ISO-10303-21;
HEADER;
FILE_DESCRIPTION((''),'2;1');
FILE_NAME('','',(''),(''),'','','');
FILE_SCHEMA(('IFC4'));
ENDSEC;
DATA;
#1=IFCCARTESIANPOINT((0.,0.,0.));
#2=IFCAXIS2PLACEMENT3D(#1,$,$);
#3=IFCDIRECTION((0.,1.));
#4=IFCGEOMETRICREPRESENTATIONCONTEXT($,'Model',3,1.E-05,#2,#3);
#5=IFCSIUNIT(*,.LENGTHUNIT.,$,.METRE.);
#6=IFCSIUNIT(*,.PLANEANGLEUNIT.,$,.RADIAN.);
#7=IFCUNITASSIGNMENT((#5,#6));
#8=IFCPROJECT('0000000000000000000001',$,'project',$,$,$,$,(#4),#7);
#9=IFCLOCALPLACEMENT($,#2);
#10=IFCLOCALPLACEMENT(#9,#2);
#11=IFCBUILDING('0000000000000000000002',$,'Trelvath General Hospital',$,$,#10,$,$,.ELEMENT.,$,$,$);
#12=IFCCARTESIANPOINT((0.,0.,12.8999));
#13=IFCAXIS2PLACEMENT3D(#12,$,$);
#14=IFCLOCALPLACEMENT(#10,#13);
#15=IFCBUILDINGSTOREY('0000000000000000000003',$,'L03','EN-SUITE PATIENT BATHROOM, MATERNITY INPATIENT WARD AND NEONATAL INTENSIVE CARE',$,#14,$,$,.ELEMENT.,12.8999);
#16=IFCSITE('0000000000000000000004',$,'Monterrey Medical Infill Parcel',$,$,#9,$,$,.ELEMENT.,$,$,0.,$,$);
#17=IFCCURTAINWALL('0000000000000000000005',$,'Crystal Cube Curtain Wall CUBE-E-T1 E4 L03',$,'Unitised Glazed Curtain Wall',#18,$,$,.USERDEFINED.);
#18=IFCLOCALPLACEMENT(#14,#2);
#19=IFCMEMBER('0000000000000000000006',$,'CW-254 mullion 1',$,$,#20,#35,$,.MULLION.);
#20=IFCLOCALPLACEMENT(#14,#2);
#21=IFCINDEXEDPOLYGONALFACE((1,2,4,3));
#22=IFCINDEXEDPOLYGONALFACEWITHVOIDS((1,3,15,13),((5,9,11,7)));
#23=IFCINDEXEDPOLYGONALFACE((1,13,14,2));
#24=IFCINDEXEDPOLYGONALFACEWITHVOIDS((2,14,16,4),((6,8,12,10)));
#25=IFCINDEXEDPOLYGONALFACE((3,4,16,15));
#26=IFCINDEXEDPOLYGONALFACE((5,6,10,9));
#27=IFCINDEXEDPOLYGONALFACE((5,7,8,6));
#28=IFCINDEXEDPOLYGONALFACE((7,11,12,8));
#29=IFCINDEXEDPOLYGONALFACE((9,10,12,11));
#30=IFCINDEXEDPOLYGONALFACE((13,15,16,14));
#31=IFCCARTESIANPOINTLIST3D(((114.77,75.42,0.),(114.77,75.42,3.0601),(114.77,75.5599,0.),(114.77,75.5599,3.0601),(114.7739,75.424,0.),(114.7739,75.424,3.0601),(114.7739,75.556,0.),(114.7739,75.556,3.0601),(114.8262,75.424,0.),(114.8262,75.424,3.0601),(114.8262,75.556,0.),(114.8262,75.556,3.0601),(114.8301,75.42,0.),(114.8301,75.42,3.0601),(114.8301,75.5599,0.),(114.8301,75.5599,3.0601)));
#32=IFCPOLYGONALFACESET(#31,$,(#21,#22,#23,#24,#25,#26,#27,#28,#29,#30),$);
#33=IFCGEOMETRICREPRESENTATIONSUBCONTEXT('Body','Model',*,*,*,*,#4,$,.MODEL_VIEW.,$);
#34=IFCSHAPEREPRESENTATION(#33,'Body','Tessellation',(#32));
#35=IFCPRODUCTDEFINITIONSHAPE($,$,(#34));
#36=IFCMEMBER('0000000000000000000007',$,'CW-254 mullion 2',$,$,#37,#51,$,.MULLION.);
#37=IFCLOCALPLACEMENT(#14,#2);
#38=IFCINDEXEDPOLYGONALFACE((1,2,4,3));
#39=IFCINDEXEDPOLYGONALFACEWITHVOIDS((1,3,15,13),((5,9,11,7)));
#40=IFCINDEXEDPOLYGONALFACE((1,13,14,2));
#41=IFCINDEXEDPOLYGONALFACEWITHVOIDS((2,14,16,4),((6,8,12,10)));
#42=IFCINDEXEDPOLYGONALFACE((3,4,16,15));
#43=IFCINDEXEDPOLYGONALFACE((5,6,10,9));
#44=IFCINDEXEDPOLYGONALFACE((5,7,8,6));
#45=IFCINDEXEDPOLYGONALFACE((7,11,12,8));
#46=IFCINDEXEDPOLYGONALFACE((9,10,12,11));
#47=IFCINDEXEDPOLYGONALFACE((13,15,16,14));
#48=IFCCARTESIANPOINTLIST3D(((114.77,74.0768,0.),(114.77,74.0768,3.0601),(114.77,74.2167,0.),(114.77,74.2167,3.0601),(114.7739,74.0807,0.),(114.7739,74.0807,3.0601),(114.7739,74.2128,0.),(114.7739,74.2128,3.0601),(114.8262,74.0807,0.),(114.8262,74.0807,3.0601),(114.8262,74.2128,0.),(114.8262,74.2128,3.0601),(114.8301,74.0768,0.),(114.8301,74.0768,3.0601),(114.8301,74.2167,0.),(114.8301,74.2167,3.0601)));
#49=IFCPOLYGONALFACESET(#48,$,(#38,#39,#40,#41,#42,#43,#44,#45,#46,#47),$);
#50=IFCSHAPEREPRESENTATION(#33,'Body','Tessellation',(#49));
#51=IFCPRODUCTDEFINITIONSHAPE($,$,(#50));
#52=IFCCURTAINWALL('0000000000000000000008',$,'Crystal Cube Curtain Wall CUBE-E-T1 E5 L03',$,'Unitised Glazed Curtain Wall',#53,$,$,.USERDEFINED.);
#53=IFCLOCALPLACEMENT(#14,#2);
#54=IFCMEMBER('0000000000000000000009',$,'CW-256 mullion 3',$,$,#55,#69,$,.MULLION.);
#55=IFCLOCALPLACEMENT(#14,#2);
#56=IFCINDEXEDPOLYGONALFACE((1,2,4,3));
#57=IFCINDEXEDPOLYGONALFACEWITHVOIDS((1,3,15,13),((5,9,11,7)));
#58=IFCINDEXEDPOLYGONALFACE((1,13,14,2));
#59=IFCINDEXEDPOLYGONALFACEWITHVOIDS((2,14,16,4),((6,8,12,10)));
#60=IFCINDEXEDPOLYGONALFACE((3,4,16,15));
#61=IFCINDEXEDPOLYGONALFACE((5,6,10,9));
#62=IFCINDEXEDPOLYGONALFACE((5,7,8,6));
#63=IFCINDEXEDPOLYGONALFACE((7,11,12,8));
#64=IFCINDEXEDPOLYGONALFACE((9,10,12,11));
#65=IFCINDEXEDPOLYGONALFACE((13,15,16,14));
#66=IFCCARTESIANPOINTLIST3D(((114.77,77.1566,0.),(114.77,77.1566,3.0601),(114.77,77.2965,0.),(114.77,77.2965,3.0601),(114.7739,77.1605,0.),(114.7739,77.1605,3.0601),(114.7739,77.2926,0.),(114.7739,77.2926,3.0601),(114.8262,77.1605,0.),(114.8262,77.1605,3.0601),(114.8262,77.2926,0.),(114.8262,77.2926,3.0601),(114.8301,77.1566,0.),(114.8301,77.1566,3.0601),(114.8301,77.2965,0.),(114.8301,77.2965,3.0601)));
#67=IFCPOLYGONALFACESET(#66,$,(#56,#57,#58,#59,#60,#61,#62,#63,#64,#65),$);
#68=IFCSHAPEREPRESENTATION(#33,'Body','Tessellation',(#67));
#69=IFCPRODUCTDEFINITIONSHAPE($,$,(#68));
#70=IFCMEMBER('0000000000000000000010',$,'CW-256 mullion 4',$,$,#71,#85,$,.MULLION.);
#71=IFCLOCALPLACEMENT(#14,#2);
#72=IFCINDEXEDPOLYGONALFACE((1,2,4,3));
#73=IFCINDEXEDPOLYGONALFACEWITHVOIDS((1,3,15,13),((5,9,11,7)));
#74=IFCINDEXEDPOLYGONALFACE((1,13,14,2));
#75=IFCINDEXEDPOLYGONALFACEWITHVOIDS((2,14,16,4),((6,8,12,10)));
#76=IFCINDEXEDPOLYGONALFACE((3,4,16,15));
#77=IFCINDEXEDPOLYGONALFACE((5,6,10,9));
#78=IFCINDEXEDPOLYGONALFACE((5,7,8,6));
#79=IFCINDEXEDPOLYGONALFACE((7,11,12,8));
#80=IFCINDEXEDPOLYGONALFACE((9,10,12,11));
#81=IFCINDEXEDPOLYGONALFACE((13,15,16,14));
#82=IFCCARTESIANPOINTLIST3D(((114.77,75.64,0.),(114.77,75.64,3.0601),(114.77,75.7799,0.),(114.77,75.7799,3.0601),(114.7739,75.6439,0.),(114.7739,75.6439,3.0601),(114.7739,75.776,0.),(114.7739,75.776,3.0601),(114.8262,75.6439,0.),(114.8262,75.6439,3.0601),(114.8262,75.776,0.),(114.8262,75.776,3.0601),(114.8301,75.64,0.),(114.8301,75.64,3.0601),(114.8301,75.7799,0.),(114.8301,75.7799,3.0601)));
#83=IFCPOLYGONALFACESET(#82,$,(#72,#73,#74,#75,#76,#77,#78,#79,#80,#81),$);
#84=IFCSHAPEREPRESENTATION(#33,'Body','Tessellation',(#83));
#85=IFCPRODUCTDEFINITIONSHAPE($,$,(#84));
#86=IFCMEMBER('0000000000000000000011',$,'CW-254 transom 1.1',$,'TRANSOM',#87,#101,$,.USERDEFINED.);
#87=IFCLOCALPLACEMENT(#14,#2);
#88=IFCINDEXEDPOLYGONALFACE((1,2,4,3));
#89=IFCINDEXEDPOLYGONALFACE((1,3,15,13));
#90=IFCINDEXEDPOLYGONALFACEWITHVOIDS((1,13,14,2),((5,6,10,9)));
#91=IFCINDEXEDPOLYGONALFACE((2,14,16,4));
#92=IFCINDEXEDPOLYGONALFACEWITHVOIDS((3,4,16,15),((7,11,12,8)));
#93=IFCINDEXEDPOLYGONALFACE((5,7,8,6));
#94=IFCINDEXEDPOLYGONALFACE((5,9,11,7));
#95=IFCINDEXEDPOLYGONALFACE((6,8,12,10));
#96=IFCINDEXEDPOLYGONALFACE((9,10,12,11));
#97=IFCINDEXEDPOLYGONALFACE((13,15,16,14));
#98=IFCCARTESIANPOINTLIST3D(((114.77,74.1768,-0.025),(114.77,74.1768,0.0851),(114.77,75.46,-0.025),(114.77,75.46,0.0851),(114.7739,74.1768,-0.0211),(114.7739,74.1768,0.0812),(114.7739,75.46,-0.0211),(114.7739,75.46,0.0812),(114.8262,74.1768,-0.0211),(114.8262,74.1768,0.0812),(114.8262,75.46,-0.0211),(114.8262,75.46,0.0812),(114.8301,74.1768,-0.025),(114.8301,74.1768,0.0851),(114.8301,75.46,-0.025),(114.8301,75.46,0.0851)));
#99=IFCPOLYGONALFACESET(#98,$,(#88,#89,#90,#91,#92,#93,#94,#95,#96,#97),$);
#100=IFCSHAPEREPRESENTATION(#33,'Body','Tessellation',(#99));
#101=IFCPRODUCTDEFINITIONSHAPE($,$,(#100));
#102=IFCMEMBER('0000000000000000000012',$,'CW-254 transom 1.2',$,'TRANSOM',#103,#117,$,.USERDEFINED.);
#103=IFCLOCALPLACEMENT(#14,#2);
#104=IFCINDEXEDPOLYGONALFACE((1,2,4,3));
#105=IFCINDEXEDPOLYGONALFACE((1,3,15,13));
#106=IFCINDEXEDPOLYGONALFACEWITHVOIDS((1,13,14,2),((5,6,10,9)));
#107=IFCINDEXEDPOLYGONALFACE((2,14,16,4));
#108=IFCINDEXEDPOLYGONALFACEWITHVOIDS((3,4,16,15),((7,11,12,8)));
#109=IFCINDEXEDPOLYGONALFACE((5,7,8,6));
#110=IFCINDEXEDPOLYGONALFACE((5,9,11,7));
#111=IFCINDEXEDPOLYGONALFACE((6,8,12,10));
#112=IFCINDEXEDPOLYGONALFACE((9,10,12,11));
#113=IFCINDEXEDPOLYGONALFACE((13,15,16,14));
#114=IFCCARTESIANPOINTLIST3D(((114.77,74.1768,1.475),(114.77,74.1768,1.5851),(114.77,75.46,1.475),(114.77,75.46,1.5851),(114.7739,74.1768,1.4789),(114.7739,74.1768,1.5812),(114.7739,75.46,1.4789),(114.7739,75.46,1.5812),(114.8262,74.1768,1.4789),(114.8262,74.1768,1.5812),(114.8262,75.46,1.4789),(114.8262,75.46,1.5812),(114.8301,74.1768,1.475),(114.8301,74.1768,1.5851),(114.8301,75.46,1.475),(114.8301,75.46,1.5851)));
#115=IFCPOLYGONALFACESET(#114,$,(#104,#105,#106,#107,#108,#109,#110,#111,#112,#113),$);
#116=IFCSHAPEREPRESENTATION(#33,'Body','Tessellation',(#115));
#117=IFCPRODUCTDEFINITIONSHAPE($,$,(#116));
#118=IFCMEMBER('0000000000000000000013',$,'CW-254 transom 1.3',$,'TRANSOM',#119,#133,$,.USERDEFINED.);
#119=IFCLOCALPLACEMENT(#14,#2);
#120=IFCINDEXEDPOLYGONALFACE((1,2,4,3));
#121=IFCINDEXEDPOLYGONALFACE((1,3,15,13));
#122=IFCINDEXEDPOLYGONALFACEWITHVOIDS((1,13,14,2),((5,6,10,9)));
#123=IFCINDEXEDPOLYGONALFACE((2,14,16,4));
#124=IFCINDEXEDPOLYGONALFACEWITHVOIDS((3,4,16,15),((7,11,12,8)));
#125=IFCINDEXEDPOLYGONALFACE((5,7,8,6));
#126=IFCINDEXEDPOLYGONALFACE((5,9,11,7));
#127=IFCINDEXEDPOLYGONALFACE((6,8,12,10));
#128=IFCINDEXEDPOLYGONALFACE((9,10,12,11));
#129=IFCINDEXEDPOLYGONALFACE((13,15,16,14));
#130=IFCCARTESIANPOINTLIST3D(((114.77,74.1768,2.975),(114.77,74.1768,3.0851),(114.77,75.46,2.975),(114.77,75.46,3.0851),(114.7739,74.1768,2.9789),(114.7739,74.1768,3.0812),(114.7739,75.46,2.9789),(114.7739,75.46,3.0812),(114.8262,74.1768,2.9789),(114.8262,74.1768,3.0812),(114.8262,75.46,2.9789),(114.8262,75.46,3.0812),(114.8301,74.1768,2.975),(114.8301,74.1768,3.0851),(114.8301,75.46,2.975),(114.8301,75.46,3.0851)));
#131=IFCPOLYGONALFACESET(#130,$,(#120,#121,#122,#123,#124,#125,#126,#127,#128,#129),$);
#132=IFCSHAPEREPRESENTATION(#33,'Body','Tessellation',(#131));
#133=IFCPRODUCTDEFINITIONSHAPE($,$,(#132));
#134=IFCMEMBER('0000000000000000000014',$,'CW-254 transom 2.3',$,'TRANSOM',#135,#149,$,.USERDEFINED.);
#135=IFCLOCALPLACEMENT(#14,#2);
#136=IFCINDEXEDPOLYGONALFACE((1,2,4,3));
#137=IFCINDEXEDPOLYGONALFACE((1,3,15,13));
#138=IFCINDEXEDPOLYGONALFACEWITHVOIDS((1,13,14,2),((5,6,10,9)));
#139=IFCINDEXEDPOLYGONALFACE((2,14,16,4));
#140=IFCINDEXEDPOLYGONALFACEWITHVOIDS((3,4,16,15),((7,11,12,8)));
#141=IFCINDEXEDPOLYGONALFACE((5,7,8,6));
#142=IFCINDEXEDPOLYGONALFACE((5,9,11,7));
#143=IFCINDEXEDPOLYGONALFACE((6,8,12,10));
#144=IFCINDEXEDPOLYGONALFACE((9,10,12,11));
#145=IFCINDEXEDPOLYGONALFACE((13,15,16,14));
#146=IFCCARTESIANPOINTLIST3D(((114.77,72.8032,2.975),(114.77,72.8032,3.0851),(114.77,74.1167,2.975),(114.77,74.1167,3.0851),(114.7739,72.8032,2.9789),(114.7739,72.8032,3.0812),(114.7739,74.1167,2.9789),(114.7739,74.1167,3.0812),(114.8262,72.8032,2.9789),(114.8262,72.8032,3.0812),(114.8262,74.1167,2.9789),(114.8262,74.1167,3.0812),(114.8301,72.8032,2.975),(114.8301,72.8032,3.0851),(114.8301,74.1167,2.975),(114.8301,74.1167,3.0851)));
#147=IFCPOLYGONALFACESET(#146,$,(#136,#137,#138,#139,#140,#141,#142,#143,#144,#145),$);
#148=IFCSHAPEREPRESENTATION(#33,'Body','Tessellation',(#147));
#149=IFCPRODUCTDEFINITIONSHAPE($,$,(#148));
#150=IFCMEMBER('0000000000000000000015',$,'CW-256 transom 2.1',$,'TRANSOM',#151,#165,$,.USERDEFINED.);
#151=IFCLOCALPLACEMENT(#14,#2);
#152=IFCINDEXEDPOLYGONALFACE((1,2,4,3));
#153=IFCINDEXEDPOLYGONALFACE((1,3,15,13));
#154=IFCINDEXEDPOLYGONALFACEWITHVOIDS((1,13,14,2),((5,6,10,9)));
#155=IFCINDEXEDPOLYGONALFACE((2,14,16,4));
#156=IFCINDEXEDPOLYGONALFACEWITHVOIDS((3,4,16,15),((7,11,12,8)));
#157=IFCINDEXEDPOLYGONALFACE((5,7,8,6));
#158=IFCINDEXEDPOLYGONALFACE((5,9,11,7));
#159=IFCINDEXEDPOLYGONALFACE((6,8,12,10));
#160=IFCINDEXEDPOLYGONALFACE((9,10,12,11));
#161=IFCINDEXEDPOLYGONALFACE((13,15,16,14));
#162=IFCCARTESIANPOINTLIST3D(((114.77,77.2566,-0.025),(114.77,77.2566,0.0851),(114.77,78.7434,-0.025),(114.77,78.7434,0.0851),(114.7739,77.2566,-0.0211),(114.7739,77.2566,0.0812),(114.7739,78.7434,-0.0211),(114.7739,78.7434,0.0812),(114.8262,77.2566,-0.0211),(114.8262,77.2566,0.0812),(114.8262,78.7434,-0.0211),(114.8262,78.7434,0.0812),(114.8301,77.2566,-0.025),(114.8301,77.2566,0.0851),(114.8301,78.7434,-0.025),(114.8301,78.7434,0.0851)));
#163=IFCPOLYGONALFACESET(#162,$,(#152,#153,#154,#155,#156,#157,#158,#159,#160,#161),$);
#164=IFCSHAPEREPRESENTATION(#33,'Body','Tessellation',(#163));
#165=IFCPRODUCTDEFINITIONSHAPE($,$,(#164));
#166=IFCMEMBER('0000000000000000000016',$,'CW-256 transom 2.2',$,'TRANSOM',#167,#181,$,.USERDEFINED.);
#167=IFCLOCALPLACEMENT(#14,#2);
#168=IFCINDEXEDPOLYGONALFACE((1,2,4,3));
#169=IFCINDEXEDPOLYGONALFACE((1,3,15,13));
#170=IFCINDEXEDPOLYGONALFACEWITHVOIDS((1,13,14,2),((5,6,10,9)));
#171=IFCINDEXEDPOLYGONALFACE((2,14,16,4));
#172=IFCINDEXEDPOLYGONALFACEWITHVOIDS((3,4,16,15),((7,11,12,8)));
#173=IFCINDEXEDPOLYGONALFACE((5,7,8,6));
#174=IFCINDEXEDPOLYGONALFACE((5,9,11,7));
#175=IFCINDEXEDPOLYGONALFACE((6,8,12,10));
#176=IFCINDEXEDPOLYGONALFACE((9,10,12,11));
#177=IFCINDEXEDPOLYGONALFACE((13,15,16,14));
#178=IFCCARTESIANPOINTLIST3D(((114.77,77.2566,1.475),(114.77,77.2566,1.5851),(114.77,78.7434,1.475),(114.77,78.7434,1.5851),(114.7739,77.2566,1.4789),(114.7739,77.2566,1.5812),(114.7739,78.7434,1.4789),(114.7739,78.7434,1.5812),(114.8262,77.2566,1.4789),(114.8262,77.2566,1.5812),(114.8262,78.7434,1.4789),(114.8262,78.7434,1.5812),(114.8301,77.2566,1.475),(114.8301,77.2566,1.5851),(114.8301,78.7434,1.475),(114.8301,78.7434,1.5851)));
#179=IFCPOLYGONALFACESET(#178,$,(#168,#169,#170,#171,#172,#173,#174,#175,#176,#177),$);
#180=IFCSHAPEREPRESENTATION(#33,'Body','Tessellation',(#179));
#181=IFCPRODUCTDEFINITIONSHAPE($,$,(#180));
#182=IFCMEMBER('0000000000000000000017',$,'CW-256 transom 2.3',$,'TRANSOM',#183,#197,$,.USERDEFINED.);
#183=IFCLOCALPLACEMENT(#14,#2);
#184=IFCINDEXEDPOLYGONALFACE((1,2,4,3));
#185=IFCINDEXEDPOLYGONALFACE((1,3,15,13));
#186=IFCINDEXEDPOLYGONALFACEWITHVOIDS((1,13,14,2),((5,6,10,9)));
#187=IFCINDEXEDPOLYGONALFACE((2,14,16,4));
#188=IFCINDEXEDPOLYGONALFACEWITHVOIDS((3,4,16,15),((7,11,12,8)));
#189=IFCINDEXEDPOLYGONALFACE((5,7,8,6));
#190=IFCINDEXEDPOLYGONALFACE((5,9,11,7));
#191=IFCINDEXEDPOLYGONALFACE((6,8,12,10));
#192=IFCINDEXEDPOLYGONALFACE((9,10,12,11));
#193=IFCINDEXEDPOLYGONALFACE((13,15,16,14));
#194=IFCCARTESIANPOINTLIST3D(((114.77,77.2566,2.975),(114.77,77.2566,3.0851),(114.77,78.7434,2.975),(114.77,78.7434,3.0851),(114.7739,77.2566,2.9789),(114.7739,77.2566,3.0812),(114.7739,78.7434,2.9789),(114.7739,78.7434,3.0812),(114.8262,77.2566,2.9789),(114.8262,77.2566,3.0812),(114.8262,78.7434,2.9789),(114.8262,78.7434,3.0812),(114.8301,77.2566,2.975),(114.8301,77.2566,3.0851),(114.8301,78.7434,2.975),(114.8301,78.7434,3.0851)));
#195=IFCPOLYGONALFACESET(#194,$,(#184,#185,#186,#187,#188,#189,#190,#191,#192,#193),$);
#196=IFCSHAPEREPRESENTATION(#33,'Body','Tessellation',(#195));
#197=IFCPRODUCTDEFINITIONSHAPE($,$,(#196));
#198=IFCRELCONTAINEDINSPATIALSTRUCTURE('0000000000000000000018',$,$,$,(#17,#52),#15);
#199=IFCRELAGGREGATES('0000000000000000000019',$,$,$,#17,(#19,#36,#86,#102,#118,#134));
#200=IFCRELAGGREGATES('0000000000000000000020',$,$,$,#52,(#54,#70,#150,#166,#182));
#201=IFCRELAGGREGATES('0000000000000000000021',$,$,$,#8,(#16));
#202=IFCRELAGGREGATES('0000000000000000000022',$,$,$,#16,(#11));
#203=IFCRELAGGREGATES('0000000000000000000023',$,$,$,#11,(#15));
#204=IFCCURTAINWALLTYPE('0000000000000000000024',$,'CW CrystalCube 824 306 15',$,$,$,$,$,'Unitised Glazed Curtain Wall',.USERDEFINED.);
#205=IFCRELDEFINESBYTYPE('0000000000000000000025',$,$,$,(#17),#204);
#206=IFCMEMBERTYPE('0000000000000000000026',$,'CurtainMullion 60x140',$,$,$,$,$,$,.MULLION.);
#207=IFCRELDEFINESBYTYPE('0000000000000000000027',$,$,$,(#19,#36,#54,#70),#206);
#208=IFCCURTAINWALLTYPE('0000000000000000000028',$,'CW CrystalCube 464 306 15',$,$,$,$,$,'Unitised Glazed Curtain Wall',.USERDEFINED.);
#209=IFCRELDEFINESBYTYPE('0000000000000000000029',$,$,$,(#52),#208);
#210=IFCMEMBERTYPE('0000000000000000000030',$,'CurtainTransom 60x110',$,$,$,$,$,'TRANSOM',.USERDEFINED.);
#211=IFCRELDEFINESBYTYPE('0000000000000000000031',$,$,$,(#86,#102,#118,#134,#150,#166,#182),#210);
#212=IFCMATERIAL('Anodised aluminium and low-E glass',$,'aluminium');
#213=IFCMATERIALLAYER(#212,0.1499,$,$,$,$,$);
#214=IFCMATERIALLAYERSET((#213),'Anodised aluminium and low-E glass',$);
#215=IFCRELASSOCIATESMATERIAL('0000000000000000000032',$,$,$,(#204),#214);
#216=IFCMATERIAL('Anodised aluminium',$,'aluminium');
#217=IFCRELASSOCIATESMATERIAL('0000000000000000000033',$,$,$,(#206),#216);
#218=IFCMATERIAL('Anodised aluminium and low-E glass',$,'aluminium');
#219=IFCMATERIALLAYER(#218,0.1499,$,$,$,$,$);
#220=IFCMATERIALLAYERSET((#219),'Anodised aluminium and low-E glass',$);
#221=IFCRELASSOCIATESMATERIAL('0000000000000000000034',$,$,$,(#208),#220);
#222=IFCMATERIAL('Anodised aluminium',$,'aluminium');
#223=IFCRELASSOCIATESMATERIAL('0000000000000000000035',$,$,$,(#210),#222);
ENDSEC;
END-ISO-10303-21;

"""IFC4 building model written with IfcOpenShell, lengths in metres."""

from ifc_helpers import new_model, si_unit, direction, frame, origin, origin_2d, place, context, subcontext, project, spatial, hollow_rectangle, extrude, material, layer, layer_set, material_profile, profile_set, type_object, element, aggregate, save


model = new_model("IFC4")

# Units and contexts
model_context = context("Model", 3, precision=1e-05, world=origin(), true_north=direction((0.0, 1.0)))
body_context = subcontext(model_context, "Body", "Model", "MODEL_VIEW")
ifc_project = project(units=[si_unit("LENGTHUNIT", "METRE"), si_unit("PLANEANGLEUNIT", "RADIAN")], contexts=[model_context])

# Site, building, storey
site_placement = place(None, origin())
site = spatial("IfcSite", under=ifc_project, at=site_placement, Name="Monterrey Medical Infill Parcel", CompositionType="ELEMENT", RefElevation=0.0)
building_placement = place(site_placement, origin())
building = spatial("IfcBuilding", under=site, at=building_placement, Name="Trelvath General Hospital", CompositionType="ELEMENT")
storey_placement = place(building_placement, frame((0.0, 0.0, 12.8999)))
storey = spatial("IfcBuildingStorey", under=building, at=storey_placement, Name="L03", Description="EN-SUITE PATIENT BATHROOM, MATERNITY INPATIENT WARD AND NEONATAL INTENSIVE CARE", CompositionType="ELEMENT", Elevation=12.8999)

# Curtain walls, members
ifc_material_1 = material(Name="Anodised aluminium and low-E glass", Category="aluminium")
ifc_layer_1 = layer(ifc_material_1, 0.1499)
ifc_layer_set_1 = layer_set([ifc_layer_1], Name="Anodised aluminium and low-E glass")
curtain_wall_type_1 = type_object("IfcCurtainWallType", Name="CW CrystalCube 824 306 15", ElementType="Unitised Glazed Curtain Wall", PredefinedType="USERDEFINED", material=ifc_layer_set_1)
curtain_wall_1_placement = place(storey_placement, origin())
curtain_wall_1 = element("IfcCurtainWall", 1, at=curtain_wall_1_placement, inside=storey, type_object=curtain_wall_type_1, Name="Crystal Cube Curtain Wall CUBE-E-T1 E4 L03", ObjectType="Unitised Glazed Curtain Wall", PredefinedType="USERDEFINED")
ifc_material_2 = material(Name="Anodised aluminium", Category="aluminium")
ifc_material_profile_1 = material_profile(ifc_material_2, hollow_rectangle(XDim=0.0601, YDim=0.1399, WallThickness=0.0039, at=origin_2d()), Name="RHS60x140x4")
ifc_profile_set_1 = profile_set([ifc_material_profile_1], Name="Anodised aluminium")
member_type_1 = type_object("IfcMemberType", Name="CurtainMullion 60x140", PredefinedType="MULLION", material=ifc_profile_set_1)
member_1_placement = place(storey_placement, frame((114.8, 75.49, 0.0), z_axis=(0.0, 0.0, 1.0), x_axis=(1.0, 0.0, 0.0)))
member_1 = element("IfcMember", 2, at=member_1_placement, type_object=member_type_1, Name="CW-254 mullion 1", PredefinedType="MULLION", context=body_context, shape_type="SweptSolid", body=[
    extrude(hollow_rectangle(XDim=0.0601, YDim=0.1399, WallThickness=0.0039, at=origin_2d()), origin(), (0.0, 0.0, 1.0), 3.0601),
])
member_2_placement = place(storey_placement, frame((114.8, 74.1467, 0.0), z_axis=(0.0, 0.0, 1.0), x_axis=(1.0, 0.0, 0.0)))
member_2 = element("IfcMember", 3, at=member_2_placement, type_object=member_type_1, Name="CW-254 mullion 2", PredefinedType="MULLION", context=body_context, shape_type="SweptSolid", body=[
    extrude(hollow_rectangle(XDim=0.0601, YDim=0.1399, WallThickness=0.0039, at=origin_2d()), origin(), (0.0, 0.0, 1.0), 3.0601),
])
ifc_material_3 = material(Name="Anodised aluminium and low-E glass", Category="aluminium")
ifc_layer_2 = layer(ifc_material_3, 0.1499)
ifc_layer_set_2 = layer_set([ifc_layer_2], Name="Anodised aluminium and low-E glass")
curtain_wall_type_2 = type_object("IfcCurtainWallType", Name="CW CrystalCube 464 306 15", ElementType="Unitised Glazed Curtain Wall", PredefinedType="USERDEFINED", material=ifc_layer_set_2)
curtain_wall_2_placement = place(storey_placement, origin())
curtain_wall_2 = element("IfcCurtainWall", 4, at=curtain_wall_2_placement, inside=storey, type_object=curtain_wall_type_2, Name="Crystal Cube Curtain Wall CUBE-E-T1 E5 L03", ObjectType="Unitised Glazed Curtain Wall", PredefinedType="USERDEFINED")
member_3_placement = place(storey_placement, frame((114.8, 77.2266, 0.0), z_axis=(0.0, 0.0, 1.0), x_axis=(1.0, 0.0, 0.0)))
member_3 = element("IfcMember", 5, at=member_3_placement, type_object=member_type_1, Name="CW-256 mullion 3", PredefinedType="MULLION", context=body_context, shape_type="SweptSolid", body=[
    extrude(hollow_rectangle(XDim=0.0601, YDim=0.1399, WallThickness=0.0039, at=origin_2d()), origin(), (0.0, 0.0, 1.0), 3.0601),
])
member_4_placement = place(storey_placement, frame((114.8, 75.71, 0.0), z_axis=(0.0, 0.0, 1.0), x_axis=(1.0, 0.0, 0.0)))
member_4 = element("IfcMember", 6, at=member_4_placement, type_object=member_type_1, Name="CW-256 mullion 4", PredefinedType="MULLION", context=body_context, shape_type="SweptSolid", body=[
    extrude(hollow_rectangle(XDim=0.0601, YDim=0.1399, WallThickness=0.0039, at=origin_2d()), origin(), (0.0, 0.0, 1.0), 3.0601),
])

# Members
ifc_material_4 = material(Name="Anodised aluminium", Category="aluminium")
ifc_material_profile_2 = material_profile(ifc_material_4, hollow_rectangle(XDim=0.0601, YDim=0.1101, WallThickness=0.0039, at=origin_2d()), Name="RHS60x110x4")
ifc_profile_set_2 = profile_set([ifc_material_profile_2], Name="Anodised aluminium")
member_type_2 = type_object("IfcMemberType", Name="CurtainTransom 60x110", ElementType="TRANSOM", PredefinedType="USERDEFINED", material=ifc_profile_set_2)
member_5_placement = place(storey_placement, frame((114.8, 75.46, 0.03), z_axis=(0.0, -1.0, 0.0), x_axis=(1.0, 0.0, 0.0)))
member_5 = element("IfcMember", 7, at=member_5_placement, type_object=member_type_2, Name="CW-254 transom 1.1", ObjectType="TRANSOM", PredefinedType="USERDEFINED", context=body_context, shape_type="SweptSolid", body=[
    extrude(hollow_rectangle(XDim=0.0601, YDim=0.1101, WallThickness=0.0039, at=origin_2d()), origin(), (0.0, 0.0, 1.0), 1.2832),
])
member_6_placement = place(storey_placement, frame((114.8, 75.46, 1.53), z_axis=(0.0, -1.0, 0.0), x_axis=(1.0, 0.0, 0.0)))
member_6 = element("IfcMember", 8, at=member_6_placement, type_object=member_type_2, Name="CW-254 transom 1.2", ObjectType="TRANSOM", PredefinedType="USERDEFINED", context=body_context, shape_type="SweptSolid", body=[
    extrude(hollow_rectangle(XDim=0.0601, YDim=0.1101, WallThickness=0.0039, at=origin_2d()), origin(), (0.0, 0.0, 1.0), 1.2832),
])
member_7_placement = place(storey_placement, frame((114.8, 75.46, 3.03), z_axis=(0.0, -1.0, 0.0), x_axis=(1.0, 0.0, 0.0)))
member_7 = element("IfcMember", 9, at=member_7_placement, type_object=member_type_2, Name="CW-254 transom 1.3", ObjectType="TRANSOM", PredefinedType="USERDEFINED", context=body_context, shape_type="SweptSolid", body=[
    extrude(hollow_rectangle(XDim=0.0601, YDim=0.1101, WallThickness=0.0039, at=origin_2d()), origin(), (0.0, 0.0, 1.0), 1.2832),
])
member_8_placement = place(storey_placement, frame((114.8, 74.1167, 3.03), z_axis=(0.0, -1.0, 0.0), x_axis=(1.0, 0.0, 0.0)))
member_8 = element("IfcMember", 10, at=member_8_placement, type_object=member_type_2, Name="CW-254 transom 2.3", ObjectType="TRANSOM", PredefinedType="USERDEFINED", context=body_context, shape_type="SweptSolid", body=[
    extrude(hollow_rectangle(XDim=0.0601, YDim=0.1101, WallThickness=0.0039, at=origin_2d()), origin(), (0.0, 0.0, 1.0), 1.3135),
])
member_9_placement = place(storey_placement, frame((114.8, 78.7434, 0.03), z_axis=(0.0, -1.0, 0.0), x_axis=(1.0, 0.0, 0.0)))
member_9 = element("IfcMember", 11, at=member_9_placement, type_object=member_type_2, Name="CW-256 transom 2.1", ObjectType="TRANSOM", PredefinedType="USERDEFINED", context=body_context, shape_type="SweptSolid", body=[
    extrude(hollow_rectangle(XDim=0.0601, YDim=0.1101, WallThickness=0.0039, at=origin_2d()), origin(), (0.0, 0.0, 1.0), 1.4868),
])
member_10_placement = place(storey_placement, frame((114.8, 78.7434, 1.53), z_axis=(0.0, -1.0, 0.0), x_axis=(1.0, 0.0, 0.0)))
member_10 = element("IfcMember", 12, at=member_10_placement, type_object=member_type_2, Name="CW-256 transom 2.2", ObjectType="TRANSOM", PredefinedType="USERDEFINED", context=body_context, shape_type="SweptSolid", body=[
    extrude(hollow_rectangle(XDim=0.0601, YDim=0.1101, WallThickness=0.0039, at=origin_2d()), origin(), (0.0, 0.0, 1.0), 1.4868),
])
member_11_placement = place(storey_placement, frame((114.8, 78.7434, 3.03), z_axis=(0.0, -1.0, 0.0), x_axis=(1.0, 0.0, 0.0)))
member_11 = element("IfcMember", 13, at=member_11_placement, type_object=member_type_2, Name="CW-256 transom 2.3", ObjectType="TRANSOM", PredefinedType="USERDEFINED", context=body_context, shape_type="SweptSolid", body=[
    extrude(hollow_rectangle(XDim=0.0601, YDim=0.1101, WallThickness=0.0039, at=origin_2d()), origin(), (0.0, 0.0, 1.0), 1.4868),
])

aggregate(curtain_wall_1, [member_1, member_2, member_5, member_6, member_7, member_8])
aggregate(curtain_wall_2, [member_3, member_4, member_9, member_10, member_11])

save(model, "model.ifc")
